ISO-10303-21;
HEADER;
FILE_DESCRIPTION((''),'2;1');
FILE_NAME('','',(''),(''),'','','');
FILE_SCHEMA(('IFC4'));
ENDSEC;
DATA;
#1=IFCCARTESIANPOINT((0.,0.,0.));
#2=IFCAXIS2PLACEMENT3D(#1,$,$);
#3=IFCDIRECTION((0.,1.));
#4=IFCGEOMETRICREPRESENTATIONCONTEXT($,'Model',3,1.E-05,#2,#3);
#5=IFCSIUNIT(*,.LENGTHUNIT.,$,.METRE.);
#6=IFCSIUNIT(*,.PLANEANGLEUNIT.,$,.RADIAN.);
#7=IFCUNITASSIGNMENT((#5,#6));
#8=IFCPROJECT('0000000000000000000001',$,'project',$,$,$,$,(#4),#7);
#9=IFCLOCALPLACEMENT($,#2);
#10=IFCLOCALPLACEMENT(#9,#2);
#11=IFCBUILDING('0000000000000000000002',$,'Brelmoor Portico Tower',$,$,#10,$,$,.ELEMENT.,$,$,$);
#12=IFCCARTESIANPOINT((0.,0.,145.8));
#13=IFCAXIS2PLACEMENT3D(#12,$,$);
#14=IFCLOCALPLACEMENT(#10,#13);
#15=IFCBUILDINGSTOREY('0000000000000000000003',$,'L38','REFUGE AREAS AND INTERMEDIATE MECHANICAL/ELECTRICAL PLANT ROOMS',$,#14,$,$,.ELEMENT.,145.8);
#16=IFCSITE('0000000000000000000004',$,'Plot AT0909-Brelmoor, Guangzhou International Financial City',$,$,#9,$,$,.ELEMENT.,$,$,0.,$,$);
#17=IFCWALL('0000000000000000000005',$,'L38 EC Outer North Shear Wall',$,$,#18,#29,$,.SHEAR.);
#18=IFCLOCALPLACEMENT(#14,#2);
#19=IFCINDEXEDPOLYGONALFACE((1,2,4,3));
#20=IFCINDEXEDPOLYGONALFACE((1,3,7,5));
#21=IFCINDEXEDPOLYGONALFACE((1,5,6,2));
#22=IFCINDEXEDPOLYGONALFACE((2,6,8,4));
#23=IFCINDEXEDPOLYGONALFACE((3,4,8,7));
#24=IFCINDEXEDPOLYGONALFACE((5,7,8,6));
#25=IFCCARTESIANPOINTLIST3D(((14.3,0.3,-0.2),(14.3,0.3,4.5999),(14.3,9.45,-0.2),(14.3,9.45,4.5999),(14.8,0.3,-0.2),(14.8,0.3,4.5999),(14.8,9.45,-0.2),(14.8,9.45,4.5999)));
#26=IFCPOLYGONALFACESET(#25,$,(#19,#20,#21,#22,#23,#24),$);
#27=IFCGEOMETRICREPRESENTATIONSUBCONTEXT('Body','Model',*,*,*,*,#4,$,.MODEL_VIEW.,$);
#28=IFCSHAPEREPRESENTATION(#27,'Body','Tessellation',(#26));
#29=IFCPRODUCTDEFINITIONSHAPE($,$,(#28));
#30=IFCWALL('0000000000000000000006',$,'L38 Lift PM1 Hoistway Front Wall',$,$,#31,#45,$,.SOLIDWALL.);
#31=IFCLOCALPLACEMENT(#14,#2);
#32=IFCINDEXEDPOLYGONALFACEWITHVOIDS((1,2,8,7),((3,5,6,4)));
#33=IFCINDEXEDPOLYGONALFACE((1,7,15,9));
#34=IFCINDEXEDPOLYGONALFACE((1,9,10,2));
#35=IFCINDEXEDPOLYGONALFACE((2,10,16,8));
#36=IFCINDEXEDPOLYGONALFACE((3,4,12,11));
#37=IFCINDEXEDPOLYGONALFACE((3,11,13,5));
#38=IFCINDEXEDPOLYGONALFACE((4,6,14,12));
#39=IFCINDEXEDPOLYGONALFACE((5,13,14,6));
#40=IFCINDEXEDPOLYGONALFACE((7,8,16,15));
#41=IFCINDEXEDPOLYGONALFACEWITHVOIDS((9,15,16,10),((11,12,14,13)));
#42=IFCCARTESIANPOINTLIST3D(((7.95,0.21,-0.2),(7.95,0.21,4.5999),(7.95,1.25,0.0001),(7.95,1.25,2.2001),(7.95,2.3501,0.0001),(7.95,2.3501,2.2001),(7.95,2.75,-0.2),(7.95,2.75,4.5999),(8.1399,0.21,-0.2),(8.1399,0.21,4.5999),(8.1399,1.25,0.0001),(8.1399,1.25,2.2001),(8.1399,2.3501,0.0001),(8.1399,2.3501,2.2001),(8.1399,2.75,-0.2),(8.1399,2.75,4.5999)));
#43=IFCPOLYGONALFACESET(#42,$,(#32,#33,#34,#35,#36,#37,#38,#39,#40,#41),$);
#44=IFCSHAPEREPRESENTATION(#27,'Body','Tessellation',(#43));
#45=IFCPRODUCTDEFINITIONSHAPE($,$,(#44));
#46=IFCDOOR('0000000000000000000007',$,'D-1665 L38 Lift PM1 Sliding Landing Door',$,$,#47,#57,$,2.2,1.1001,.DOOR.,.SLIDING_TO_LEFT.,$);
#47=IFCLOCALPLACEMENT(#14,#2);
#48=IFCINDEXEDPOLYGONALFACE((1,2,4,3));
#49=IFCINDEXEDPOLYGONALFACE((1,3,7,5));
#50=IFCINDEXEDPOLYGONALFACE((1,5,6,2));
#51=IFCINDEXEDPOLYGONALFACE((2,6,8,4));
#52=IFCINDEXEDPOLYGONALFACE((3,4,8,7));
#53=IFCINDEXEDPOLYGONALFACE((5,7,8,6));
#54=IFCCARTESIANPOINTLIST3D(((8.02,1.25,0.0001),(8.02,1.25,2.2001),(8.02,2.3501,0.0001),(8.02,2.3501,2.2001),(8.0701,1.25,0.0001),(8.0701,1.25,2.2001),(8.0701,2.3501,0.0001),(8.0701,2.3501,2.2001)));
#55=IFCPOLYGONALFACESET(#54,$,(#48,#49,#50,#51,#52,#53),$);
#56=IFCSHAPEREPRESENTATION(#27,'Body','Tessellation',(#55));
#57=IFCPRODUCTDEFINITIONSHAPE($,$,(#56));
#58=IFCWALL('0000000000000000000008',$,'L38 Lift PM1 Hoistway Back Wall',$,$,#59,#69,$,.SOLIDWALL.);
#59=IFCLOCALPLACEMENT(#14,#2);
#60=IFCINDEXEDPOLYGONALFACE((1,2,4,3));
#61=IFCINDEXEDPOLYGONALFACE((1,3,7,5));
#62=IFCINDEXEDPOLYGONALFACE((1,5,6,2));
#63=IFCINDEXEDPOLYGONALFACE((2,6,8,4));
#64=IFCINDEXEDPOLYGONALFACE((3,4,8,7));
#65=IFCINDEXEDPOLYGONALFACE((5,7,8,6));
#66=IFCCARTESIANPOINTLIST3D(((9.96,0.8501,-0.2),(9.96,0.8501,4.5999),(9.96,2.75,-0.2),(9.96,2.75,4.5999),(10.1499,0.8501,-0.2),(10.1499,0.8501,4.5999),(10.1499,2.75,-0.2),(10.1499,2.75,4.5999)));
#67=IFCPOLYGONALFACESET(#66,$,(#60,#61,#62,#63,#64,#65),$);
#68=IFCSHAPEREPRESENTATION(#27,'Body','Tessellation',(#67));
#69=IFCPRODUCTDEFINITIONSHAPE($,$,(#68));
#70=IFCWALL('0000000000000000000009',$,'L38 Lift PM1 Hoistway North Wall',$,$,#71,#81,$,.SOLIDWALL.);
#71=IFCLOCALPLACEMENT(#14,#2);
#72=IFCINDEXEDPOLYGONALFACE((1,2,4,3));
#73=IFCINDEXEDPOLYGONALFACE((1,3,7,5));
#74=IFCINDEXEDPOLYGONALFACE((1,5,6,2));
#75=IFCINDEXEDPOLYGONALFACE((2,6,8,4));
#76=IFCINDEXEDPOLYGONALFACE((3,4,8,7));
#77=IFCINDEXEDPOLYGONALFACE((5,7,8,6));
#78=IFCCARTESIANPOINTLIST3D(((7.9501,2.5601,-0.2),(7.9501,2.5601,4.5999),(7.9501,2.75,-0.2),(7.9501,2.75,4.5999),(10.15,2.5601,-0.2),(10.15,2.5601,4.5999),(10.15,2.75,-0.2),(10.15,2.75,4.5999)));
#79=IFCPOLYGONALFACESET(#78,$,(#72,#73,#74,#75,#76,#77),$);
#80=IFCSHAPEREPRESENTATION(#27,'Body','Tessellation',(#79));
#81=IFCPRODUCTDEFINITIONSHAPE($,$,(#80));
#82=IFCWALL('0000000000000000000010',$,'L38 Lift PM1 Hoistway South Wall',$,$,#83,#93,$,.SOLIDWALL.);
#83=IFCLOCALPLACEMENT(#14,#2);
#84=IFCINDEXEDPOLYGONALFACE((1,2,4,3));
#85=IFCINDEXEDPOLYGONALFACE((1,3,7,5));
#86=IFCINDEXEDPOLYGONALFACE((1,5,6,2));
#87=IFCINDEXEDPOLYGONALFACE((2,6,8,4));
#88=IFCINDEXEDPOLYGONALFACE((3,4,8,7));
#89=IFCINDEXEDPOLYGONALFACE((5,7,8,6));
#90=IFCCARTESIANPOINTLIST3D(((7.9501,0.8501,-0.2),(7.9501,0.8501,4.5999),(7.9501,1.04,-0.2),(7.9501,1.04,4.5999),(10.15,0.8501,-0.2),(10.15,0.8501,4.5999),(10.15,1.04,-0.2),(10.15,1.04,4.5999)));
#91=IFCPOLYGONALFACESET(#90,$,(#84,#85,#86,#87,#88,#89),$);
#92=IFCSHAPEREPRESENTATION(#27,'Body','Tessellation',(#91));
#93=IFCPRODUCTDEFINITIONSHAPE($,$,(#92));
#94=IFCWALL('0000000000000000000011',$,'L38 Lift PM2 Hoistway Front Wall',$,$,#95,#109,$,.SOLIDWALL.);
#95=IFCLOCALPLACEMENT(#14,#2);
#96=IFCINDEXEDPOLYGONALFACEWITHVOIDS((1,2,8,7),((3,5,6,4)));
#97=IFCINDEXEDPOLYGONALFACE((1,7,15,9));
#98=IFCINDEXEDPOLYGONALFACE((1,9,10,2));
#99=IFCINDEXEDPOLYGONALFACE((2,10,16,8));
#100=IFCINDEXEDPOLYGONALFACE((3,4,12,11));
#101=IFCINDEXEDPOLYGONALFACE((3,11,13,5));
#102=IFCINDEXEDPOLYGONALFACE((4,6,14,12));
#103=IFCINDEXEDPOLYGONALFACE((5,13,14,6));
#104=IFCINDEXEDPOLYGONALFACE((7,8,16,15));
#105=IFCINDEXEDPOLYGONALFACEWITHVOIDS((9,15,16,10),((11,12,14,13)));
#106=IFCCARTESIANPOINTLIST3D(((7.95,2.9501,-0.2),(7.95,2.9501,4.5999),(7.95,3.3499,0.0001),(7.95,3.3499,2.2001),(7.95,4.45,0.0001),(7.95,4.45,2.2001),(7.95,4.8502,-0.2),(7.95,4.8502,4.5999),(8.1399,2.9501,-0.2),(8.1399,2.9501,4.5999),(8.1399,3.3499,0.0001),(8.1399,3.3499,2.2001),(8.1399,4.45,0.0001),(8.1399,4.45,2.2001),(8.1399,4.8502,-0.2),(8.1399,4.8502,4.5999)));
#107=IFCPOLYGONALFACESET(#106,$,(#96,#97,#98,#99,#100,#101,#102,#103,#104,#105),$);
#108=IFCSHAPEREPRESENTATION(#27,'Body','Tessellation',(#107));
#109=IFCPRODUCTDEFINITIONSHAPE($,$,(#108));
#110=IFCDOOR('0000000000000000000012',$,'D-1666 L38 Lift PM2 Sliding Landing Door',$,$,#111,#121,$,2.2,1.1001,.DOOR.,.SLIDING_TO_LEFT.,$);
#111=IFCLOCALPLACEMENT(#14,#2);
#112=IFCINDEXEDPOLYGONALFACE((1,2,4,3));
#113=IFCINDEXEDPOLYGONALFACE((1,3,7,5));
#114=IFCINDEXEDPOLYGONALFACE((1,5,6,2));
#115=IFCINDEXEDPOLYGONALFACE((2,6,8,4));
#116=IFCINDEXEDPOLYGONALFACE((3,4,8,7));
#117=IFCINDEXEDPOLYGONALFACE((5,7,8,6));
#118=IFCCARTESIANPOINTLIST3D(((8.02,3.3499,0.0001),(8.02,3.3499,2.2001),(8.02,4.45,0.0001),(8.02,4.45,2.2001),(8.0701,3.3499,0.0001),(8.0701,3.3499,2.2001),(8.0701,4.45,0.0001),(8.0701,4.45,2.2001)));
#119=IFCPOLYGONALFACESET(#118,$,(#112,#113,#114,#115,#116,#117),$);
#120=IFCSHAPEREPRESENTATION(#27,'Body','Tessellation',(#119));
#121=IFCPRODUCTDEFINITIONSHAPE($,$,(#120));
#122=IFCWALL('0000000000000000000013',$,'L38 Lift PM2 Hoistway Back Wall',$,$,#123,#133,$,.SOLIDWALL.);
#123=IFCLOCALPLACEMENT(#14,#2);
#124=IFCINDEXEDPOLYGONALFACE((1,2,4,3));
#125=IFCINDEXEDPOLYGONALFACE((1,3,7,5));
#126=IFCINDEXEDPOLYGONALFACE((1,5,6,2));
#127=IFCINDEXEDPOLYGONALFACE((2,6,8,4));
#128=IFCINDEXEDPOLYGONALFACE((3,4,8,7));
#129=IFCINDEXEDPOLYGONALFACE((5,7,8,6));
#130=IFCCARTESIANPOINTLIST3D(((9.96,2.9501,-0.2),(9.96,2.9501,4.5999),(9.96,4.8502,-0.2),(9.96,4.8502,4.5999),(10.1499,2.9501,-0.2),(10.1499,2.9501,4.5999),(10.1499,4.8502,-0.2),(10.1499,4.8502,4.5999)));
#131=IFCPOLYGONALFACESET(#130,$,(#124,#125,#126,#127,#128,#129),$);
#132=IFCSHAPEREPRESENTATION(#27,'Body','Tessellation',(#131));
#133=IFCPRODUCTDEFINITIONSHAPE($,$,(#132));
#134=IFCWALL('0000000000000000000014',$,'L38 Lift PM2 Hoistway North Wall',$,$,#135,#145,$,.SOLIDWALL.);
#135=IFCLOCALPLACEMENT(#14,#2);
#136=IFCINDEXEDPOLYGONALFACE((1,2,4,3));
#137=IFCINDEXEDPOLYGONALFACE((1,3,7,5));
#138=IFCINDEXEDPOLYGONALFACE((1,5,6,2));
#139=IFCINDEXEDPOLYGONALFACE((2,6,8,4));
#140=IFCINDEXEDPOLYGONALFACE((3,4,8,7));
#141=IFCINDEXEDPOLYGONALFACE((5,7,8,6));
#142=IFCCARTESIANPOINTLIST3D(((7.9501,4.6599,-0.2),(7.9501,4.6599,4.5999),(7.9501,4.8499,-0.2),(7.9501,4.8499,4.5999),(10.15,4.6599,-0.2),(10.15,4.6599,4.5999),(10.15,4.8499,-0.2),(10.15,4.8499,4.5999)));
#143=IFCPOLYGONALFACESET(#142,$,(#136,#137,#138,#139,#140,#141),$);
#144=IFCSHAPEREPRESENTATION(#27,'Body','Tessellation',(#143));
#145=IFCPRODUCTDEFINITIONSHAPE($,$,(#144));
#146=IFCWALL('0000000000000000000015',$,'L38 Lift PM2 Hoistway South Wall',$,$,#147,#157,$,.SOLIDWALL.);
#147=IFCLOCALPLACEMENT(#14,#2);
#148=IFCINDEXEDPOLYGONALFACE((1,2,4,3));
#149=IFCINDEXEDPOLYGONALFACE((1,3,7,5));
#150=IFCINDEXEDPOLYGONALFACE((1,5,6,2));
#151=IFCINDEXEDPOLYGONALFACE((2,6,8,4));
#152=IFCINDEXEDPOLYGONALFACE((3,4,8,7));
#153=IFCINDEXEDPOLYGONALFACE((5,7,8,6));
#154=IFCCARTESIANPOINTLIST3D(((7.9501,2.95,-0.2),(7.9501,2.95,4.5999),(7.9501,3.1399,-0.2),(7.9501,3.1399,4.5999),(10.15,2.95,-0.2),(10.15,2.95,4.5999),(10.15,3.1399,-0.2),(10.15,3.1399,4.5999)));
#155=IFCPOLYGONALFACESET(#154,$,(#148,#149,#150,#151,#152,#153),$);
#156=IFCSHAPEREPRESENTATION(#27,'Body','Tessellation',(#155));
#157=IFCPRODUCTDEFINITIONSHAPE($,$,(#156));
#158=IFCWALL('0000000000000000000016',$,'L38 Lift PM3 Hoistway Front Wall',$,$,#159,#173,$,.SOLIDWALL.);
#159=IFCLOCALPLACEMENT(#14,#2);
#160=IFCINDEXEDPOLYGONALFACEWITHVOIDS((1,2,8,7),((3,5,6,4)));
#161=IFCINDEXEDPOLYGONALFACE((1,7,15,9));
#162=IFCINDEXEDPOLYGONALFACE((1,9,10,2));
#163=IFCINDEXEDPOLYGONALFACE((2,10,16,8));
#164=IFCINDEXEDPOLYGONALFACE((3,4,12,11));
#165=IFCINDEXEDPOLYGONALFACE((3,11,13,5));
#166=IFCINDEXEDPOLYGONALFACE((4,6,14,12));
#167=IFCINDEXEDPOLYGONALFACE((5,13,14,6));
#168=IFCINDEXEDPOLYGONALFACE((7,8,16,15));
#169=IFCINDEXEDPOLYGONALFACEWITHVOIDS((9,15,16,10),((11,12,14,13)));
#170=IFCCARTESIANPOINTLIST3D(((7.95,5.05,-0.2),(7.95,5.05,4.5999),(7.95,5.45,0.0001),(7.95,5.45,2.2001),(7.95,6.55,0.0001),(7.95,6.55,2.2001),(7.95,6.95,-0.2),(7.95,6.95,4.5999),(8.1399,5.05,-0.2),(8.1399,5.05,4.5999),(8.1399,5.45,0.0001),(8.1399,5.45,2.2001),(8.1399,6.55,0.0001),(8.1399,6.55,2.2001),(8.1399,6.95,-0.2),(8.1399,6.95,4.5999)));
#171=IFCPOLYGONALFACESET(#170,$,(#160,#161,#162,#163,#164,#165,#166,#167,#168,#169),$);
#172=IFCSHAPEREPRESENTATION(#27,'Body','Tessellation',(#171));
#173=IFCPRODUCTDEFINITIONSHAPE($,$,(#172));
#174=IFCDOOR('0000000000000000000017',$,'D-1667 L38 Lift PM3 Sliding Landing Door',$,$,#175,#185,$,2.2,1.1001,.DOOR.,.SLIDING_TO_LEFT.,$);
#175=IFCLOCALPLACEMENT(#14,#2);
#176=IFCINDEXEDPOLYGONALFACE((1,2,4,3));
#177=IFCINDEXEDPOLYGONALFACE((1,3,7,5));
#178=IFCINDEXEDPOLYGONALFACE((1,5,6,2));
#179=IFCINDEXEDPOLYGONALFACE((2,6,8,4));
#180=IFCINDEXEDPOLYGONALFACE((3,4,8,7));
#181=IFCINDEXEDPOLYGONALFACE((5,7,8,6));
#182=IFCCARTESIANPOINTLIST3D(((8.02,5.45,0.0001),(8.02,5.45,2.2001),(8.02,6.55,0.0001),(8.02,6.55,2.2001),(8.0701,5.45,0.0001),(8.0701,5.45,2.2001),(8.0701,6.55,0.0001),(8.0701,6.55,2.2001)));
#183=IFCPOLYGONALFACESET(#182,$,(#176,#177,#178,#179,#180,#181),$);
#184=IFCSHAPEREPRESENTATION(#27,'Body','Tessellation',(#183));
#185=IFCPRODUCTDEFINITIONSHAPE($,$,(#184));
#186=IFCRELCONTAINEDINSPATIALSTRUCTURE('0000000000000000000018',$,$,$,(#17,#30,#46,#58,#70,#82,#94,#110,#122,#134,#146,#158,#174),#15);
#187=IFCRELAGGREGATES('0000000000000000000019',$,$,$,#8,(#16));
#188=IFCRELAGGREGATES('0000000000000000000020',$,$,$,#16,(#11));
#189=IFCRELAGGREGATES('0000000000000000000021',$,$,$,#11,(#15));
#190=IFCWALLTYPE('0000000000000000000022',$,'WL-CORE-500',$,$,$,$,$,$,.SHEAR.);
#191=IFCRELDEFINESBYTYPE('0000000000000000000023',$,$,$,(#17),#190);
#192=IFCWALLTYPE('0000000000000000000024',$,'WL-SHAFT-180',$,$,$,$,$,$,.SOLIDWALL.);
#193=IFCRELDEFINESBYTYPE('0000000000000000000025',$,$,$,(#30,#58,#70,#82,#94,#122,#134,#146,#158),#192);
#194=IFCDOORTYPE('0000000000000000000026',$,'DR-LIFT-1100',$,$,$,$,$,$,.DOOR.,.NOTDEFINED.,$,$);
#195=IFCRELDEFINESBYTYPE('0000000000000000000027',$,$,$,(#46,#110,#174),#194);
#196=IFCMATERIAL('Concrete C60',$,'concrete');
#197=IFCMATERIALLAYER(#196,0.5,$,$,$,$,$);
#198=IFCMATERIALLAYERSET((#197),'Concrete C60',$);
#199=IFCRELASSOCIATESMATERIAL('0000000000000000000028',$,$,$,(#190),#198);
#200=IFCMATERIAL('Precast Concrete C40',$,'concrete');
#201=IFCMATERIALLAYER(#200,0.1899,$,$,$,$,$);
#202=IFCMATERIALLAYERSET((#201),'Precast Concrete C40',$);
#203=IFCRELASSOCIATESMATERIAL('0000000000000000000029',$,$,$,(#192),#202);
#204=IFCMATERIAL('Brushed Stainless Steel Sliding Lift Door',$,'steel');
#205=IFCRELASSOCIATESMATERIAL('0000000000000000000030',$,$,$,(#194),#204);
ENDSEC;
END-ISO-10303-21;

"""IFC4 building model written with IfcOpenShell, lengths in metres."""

from ifc_helpers import new_model, si_unit, direction, frame, frame_2d, origin, place, context, subcontext, project, spatial, rectangle, extrude, material, layer, layer_set, type_object, element, fill, save


model = new_model("IFC4")

# Units and contexts
model_context = context("Model", 3, precision=1e-05, world=origin(), true_north=direction((0.0, 1.0)))
body_context = subcontext(model_context, "Body", "Model", "MODEL_VIEW")
ifc_project = project(units=[si_unit("LENGTHUNIT", "METRE"), si_unit("PLANEANGLEUNIT", "RADIAN")], contexts=[model_context])

# Site, building, storey
site_placement = place(None, origin())
site = spatial("IfcSite", under=ifc_project, at=site_placement, Name="Plot AT0909-Brelmoor, Guangzhou International Financial City", CompositionType="ELEMENT", RefElevation=0.0)
building_placement = place(site_placement, origin())
building = spatial("IfcBuilding", under=site, at=building_placement, Name="Brelmoor Portico Tower", CompositionType="ELEMENT")
storey_placement = place(building_placement, frame((0.0, 0.0, 145.8)))
storey = spatial("IfcBuildingStorey", under=building, at=storey_placement, Name="L38", Description="REFUGE AREAS AND INTERMEDIATE MECHANICAL/ELECTRICAL PLANT ROOMS", CompositionType="ELEMENT", Elevation=145.8)

# Wall
ifc_material_1 = material(Name="Concrete C60", Category="concrete")
ifc_layer_1 = layer(ifc_material_1, 0.5)
ifc_layer_set_1 = layer_set([ifc_layer_1], Name="Concrete C60")
wall_type_1 = type_object("IfcWallType", Name="WL-CORE-500", PredefinedType="SHEAR", material=ifc_layer_set_1)
wall_1_placement = place(storey_placement, frame((14.55, 0.3, -0.2), z_axis=(0.0, 0.0, 1.0), x_axis=(0.0, 1.0, 0.0)))
element("IfcWall", 1, at=wall_1_placement, inside=storey, type_object=wall_type_1, Name="L38 EC Outer North Shear Wall", PredefinedType="SHEAR", context=body_context, shape_type="SweptSolid", body=[
    extrude(rectangle(XDim=9.1499, YDim=0.5, at=frame_2d((4.575, 0.0))), origin(), (0.0, 0.0, 1.0), 4.7998),
])

# Wall, opening, door
ifc_material_2 = material(Name="Precast Concrete C40", Category="concrete")
ifc_layer_2 = layer(ifc_material_2, 0.1899)
ifc_layer_set_2 = layer_set([ifc_layer_2], Name="Precast Concrete C40")
wall_type_2 = type_object("IfcWallType", Name="WL-SHAFT-180", PredefinedType="SOLIDWALL", material=ifc_layer_set_2)
wall_2_placement = place(storey_placement, frame((8.0449, 0.21, -0.2), z_axis=(0.0, 0.0, 1.0), x_axis=(0.0, 1.0, 0.0)))
wall_2 = element("IfcWall", 2, at=wall_2_placement, inside=storey, type_object=wall_type_2, Name="L38 Lift PM1 Hoistway Front Wall", PredefinedType="SOLIDWALL", context=body_context, shape_type="SweptSolid", body=[
    extrude(rectangle(XDim=2.54, YDim=0.1899, at=frame_2d((1.27, 0.0))), origin(), (0.0, 0.0, 1.0), 4.7998),
])
opening_1_placement = place(wall_2_placement, frame((1.04, 0.0, 0.2)))
opening_1 = element("IfcOpeningElement", 3, at=opening_1_placement, cuts=wall_2, PredefinedType="OPENING", context=body_context, shape_type="SweptSolid", body=[
    extrude(rectangle(XDim=1.1001, YDim=2.2, at=frame_2d((0.55, 1.1001))), frame((0.0, 0.105, 0.0), z_axis=(0.0, -1.0, 0.0), x_axis=(1.0, 0.0, 0.0)), (0.0, 0.0, 1.0), 0.21),
])
ifc_material_3 = material(Name="Brushed Stainless Steel Sliding Lift Door", Category="steel")
door_type_1 = type_object("IfcDoorType", Name="DR-LIFT-1100", OperationType="NOTDEFINED", PredefinedType="DOOR", material=ifc_material_3)
door_1_placement = place(opening_1_placement, origin())
door_1 = element("IfcDoor", 4, at=door_1_placement, inside=storey, type_object=door_type_1, Name="D-1665 L38 Lift PM1 Sliding Landing Door", OperationType="SLIDING_TO_LEFT", OverallHeight=2.2, OverallWidth=1.1001, PredefinedType="DOOR", context=body_context, shape_type="SweptSolid", body=[
    extrude(rectangle(XDim=1.1001, YDim=2.2, at=frame_2d((0.55, 1.1001))), frame((0.0, 0.0249, 0.0), z_axis=(0.0, -1.0, 0.0), x_axis=(1.0, 0.0, 0.0)), (0.0, 0.0, 1.0), 0.05),
])
fill(opening_1, door_1)

# Walls
wall_3_placement = place(storey_placement, frame((10.0549, 0.8501, -0.2), z_axis=(0.0, 0.0, 1.0), x_axis=(0.0, 1.0, 0.0)))
element("IfcWall", 5, at=wall_3_placement, inside=storey, type_object=wall_type_2, Name="L38 Lift PM1 Hoistway Back Wall", PredefinedType="SOLIDWALL", context=body_context, shape_type="SweptSolid", body=[
    extrude(rectangle(XDim=1.8999, YDim=0.1899, at=frame_2d((0.95, 0.0))), origin(), (0.0, 0.0, 1.0), 4.7998),
])
for number, where, z_axis, x_axis, name in (
    (6, (7.95, 2.655, -0.2), (0.0, 0.0, 1.0), (1.0, 0.0, 0.0), "L38 Lift PM1 Hoistway North Wall"),
    (7, (7.95, 0.9451, -0.2), (0.0, 0.0, 1.0), (1.0, 0.0, 0.0), "L38 Lift PM1 Hoistway South Wall"),
):
    element("IfcWall", number, at=place(storey_placement, frame(where, z_axis=z_axis, x_axis=x_axis)), inside=storey, type_object=wall_type_2, Name=name, PredefinedType="SOLIDWALL", context=body_context, shape_type="SweptSolid", body=[
        extrude(rectangle(XDim=2.2, YDim=0.1899, at=frame_2d((1.1001, 0.0))), origin(), (0.0, 0.0, 1.0), 4.7998),
    ])

# Wall, opening, door
wall_4_placement = place(storey_placement, frame((8.0449, 2.95, -0.2), z_axis=(0.0, 0.0, 1.0), x_axis=(0.0, 1.0, 0.0)))
wall_4 = element("IfcWall", 8, at=wall_4_placement, inside=storey, type_object=wall_type_2, Name="L38 Lift PM2 Hoistway Front Wall", PredefinedType="SOLIDWALL", context=body_context, shape_type="SweptSolid", body=[
    extrude(rectangle(XDim=1.9001, YDim=0.1899, at=frame_2d((0.9502, 0.0))), origin(), (0.0, 0.0, 1.0), 4.7998),
])
opening_2_placement = place(wall_4_placement, frame((0.3999, 0.0, 0.2)))
opening_2 = element("IfcOpeningElement", 9, at=opening_2_placement, cuts=wall_4, PredefinedType="OPENING", context=body_context, shape_type="SweptSolid", body=[
    extrude(rectangle(XDim=1.1001, YDim=2.2, at=frame_2d((0.55, 1.1001))), frame((0.0, 0.105, 0.0), z_axis=(0.0, -1.0, 0.0), x_axis=(1.0, 0.0, 0.0)), (0.0, 0.0, 1.0), 0.21),
])
door_2_placement = place(opening_2_placement, origin())
door_2 = element("IfcDoor", 10, at=door_2_placement, inside=storey, type_object=door_type_1, Name="D-1666 L38 Lift PM2 Sliding Landing Door", OperationType="SLIDING_TO_LEFT", OverallHeight=2.2, OverallWidth=1.1001, PredefinedType="DOOR", context=body_context, shape_type="SweptSolid", body=[
    extrude(rectangle(XDim=1.1001, YDim=2.2, at=frame_2d((0.55, 1.1001))), frame((0.0, 0.0249, 0.0), z_axis=(0.0, -1.0, 0.0), x_axis=(1.0, 0.0, 0.0)), (0.0, 0.0, 1.0), 0.05),
])
fill(opening_2, door_2)

# Walls
wall_5_placement = place(storey_placement, frame((10.0549, 2.95, -0.2), z_axis=(0.0, 0.0, 1.0), x_axis=(0.0, 1.0, 0.0)))
element("IfcWall", 11, at=wall_5_placement, inside=storey, type_object=wall_type_2, Name="L38 Lift PM2 Hoistway Back Wall", PredefinedType="SOLIDWALL", context=body_context, shape_type="SweptSolid", body=[
    extrude(rectangle(XDim=1.9001, YDim=0.1899, at=frame_2d((0.9502, 0.0))), origin(), (0.0, 0.0, 1.0), 4.7998),
])
for number, where, z_axis, x_axis, name in (
    (12, (7.95, 4.7549, -0.2), (0.0, 0.0, 1.0), (1.0, 0.0, 0.0), "L38 Lift PM2 Hoistway North Wall"),
    (13, (7.95, 3.0449, -0.2), (0.0, 0.0, 1.0), (1.0, 0.0, 0.0), "L38 Lift PM2 Hoistway South Wall"),
):
    element("IfcWall", number, at=place(storey_placement, frame(where, z_axis=z_axis, x_axis=x_axis)), inside=storey, type_object=wall_type_2, Name=name, PredefinedType="SOLIDWALL", context=body_context, shape_type="SweptSolid", body=[
        extrude(rectangle(XDim=2.2, YDim=0.1899, at=frame_2d((1.1001, 0.0))), origin(), (0.0, 0.0, 1.0), 4.7998),
    ])

# Wall, opening, door
wall_6_placement = place(storey_placement, frame((8.0449, 5.05, -0.2), z_axis=(0.0, 0.0, 1.0), x_axis=(0.0, 1.0, 0.0)))
wall_6 = element("IfcWall", 14, at=wall_6_placement, inside=storey, type_object=wall_type_2, Name="L38 Lift PM3 Hoistway Front Wall", PredefinedType="SOLIDWALL", context=body_context, shape_type="SweptSolid", body=[
    extrude(rectangle(XDim=1.8999, YDim=0.1899, at=frame_2d((0.95, 0.0))), origin(), (0.0, 0.0, 1.0), 4.7998),
])
opening_3_placement = place(wall_6_placement, frame((0.3999, 0.0, 0.2)))
opening_3 = element("IfcOpeningElement", 15, at=opening_3_placement, cuts=wall_6, PredefinedType="OPENING", context=body_context, shape_type="SweptSolid", body=[
    extrude(rectangle(XDim=1.1001, YDim=2.2, at=frame_2d((0.55, 1.1001))), frame((0.0, 0.105, 0.0), z_axis=(0.0, -1.0, 0.0), x_axis=(1.0, 0.0, 0.0)), (0.0, 0.0, 1.0), 0.21),
])
door_3_placement = place(opening_3_placement, origin())
door_3 = element("IfcDoor", 16, at=door_3_placement, inside=storey, type_object=door_type_1, Name="D-1667 L38 Lift PM3 Sliding Landing Door", OperationType="SLIDING_TO_LEFT", OverallHeight=2.2, OverallWidth=1.1001, PredefinedType="DOOR", context=body_context, shape_type="SweptSolid", body=[
    extrude(rectangle(XDim=1.1001, YDim=2.2, at=frame_2d((0.55, 1.1001))), frame((0.0, 0.0249, 0.0), z_axis=(0.0, -1.0, 0.0), x_axis=(1.0, 0.0, 0.0)), (0.0, 0.0, 1.0), 0.05),
])
fill(opening_3, door_3)

save(model, "model.ifc")
